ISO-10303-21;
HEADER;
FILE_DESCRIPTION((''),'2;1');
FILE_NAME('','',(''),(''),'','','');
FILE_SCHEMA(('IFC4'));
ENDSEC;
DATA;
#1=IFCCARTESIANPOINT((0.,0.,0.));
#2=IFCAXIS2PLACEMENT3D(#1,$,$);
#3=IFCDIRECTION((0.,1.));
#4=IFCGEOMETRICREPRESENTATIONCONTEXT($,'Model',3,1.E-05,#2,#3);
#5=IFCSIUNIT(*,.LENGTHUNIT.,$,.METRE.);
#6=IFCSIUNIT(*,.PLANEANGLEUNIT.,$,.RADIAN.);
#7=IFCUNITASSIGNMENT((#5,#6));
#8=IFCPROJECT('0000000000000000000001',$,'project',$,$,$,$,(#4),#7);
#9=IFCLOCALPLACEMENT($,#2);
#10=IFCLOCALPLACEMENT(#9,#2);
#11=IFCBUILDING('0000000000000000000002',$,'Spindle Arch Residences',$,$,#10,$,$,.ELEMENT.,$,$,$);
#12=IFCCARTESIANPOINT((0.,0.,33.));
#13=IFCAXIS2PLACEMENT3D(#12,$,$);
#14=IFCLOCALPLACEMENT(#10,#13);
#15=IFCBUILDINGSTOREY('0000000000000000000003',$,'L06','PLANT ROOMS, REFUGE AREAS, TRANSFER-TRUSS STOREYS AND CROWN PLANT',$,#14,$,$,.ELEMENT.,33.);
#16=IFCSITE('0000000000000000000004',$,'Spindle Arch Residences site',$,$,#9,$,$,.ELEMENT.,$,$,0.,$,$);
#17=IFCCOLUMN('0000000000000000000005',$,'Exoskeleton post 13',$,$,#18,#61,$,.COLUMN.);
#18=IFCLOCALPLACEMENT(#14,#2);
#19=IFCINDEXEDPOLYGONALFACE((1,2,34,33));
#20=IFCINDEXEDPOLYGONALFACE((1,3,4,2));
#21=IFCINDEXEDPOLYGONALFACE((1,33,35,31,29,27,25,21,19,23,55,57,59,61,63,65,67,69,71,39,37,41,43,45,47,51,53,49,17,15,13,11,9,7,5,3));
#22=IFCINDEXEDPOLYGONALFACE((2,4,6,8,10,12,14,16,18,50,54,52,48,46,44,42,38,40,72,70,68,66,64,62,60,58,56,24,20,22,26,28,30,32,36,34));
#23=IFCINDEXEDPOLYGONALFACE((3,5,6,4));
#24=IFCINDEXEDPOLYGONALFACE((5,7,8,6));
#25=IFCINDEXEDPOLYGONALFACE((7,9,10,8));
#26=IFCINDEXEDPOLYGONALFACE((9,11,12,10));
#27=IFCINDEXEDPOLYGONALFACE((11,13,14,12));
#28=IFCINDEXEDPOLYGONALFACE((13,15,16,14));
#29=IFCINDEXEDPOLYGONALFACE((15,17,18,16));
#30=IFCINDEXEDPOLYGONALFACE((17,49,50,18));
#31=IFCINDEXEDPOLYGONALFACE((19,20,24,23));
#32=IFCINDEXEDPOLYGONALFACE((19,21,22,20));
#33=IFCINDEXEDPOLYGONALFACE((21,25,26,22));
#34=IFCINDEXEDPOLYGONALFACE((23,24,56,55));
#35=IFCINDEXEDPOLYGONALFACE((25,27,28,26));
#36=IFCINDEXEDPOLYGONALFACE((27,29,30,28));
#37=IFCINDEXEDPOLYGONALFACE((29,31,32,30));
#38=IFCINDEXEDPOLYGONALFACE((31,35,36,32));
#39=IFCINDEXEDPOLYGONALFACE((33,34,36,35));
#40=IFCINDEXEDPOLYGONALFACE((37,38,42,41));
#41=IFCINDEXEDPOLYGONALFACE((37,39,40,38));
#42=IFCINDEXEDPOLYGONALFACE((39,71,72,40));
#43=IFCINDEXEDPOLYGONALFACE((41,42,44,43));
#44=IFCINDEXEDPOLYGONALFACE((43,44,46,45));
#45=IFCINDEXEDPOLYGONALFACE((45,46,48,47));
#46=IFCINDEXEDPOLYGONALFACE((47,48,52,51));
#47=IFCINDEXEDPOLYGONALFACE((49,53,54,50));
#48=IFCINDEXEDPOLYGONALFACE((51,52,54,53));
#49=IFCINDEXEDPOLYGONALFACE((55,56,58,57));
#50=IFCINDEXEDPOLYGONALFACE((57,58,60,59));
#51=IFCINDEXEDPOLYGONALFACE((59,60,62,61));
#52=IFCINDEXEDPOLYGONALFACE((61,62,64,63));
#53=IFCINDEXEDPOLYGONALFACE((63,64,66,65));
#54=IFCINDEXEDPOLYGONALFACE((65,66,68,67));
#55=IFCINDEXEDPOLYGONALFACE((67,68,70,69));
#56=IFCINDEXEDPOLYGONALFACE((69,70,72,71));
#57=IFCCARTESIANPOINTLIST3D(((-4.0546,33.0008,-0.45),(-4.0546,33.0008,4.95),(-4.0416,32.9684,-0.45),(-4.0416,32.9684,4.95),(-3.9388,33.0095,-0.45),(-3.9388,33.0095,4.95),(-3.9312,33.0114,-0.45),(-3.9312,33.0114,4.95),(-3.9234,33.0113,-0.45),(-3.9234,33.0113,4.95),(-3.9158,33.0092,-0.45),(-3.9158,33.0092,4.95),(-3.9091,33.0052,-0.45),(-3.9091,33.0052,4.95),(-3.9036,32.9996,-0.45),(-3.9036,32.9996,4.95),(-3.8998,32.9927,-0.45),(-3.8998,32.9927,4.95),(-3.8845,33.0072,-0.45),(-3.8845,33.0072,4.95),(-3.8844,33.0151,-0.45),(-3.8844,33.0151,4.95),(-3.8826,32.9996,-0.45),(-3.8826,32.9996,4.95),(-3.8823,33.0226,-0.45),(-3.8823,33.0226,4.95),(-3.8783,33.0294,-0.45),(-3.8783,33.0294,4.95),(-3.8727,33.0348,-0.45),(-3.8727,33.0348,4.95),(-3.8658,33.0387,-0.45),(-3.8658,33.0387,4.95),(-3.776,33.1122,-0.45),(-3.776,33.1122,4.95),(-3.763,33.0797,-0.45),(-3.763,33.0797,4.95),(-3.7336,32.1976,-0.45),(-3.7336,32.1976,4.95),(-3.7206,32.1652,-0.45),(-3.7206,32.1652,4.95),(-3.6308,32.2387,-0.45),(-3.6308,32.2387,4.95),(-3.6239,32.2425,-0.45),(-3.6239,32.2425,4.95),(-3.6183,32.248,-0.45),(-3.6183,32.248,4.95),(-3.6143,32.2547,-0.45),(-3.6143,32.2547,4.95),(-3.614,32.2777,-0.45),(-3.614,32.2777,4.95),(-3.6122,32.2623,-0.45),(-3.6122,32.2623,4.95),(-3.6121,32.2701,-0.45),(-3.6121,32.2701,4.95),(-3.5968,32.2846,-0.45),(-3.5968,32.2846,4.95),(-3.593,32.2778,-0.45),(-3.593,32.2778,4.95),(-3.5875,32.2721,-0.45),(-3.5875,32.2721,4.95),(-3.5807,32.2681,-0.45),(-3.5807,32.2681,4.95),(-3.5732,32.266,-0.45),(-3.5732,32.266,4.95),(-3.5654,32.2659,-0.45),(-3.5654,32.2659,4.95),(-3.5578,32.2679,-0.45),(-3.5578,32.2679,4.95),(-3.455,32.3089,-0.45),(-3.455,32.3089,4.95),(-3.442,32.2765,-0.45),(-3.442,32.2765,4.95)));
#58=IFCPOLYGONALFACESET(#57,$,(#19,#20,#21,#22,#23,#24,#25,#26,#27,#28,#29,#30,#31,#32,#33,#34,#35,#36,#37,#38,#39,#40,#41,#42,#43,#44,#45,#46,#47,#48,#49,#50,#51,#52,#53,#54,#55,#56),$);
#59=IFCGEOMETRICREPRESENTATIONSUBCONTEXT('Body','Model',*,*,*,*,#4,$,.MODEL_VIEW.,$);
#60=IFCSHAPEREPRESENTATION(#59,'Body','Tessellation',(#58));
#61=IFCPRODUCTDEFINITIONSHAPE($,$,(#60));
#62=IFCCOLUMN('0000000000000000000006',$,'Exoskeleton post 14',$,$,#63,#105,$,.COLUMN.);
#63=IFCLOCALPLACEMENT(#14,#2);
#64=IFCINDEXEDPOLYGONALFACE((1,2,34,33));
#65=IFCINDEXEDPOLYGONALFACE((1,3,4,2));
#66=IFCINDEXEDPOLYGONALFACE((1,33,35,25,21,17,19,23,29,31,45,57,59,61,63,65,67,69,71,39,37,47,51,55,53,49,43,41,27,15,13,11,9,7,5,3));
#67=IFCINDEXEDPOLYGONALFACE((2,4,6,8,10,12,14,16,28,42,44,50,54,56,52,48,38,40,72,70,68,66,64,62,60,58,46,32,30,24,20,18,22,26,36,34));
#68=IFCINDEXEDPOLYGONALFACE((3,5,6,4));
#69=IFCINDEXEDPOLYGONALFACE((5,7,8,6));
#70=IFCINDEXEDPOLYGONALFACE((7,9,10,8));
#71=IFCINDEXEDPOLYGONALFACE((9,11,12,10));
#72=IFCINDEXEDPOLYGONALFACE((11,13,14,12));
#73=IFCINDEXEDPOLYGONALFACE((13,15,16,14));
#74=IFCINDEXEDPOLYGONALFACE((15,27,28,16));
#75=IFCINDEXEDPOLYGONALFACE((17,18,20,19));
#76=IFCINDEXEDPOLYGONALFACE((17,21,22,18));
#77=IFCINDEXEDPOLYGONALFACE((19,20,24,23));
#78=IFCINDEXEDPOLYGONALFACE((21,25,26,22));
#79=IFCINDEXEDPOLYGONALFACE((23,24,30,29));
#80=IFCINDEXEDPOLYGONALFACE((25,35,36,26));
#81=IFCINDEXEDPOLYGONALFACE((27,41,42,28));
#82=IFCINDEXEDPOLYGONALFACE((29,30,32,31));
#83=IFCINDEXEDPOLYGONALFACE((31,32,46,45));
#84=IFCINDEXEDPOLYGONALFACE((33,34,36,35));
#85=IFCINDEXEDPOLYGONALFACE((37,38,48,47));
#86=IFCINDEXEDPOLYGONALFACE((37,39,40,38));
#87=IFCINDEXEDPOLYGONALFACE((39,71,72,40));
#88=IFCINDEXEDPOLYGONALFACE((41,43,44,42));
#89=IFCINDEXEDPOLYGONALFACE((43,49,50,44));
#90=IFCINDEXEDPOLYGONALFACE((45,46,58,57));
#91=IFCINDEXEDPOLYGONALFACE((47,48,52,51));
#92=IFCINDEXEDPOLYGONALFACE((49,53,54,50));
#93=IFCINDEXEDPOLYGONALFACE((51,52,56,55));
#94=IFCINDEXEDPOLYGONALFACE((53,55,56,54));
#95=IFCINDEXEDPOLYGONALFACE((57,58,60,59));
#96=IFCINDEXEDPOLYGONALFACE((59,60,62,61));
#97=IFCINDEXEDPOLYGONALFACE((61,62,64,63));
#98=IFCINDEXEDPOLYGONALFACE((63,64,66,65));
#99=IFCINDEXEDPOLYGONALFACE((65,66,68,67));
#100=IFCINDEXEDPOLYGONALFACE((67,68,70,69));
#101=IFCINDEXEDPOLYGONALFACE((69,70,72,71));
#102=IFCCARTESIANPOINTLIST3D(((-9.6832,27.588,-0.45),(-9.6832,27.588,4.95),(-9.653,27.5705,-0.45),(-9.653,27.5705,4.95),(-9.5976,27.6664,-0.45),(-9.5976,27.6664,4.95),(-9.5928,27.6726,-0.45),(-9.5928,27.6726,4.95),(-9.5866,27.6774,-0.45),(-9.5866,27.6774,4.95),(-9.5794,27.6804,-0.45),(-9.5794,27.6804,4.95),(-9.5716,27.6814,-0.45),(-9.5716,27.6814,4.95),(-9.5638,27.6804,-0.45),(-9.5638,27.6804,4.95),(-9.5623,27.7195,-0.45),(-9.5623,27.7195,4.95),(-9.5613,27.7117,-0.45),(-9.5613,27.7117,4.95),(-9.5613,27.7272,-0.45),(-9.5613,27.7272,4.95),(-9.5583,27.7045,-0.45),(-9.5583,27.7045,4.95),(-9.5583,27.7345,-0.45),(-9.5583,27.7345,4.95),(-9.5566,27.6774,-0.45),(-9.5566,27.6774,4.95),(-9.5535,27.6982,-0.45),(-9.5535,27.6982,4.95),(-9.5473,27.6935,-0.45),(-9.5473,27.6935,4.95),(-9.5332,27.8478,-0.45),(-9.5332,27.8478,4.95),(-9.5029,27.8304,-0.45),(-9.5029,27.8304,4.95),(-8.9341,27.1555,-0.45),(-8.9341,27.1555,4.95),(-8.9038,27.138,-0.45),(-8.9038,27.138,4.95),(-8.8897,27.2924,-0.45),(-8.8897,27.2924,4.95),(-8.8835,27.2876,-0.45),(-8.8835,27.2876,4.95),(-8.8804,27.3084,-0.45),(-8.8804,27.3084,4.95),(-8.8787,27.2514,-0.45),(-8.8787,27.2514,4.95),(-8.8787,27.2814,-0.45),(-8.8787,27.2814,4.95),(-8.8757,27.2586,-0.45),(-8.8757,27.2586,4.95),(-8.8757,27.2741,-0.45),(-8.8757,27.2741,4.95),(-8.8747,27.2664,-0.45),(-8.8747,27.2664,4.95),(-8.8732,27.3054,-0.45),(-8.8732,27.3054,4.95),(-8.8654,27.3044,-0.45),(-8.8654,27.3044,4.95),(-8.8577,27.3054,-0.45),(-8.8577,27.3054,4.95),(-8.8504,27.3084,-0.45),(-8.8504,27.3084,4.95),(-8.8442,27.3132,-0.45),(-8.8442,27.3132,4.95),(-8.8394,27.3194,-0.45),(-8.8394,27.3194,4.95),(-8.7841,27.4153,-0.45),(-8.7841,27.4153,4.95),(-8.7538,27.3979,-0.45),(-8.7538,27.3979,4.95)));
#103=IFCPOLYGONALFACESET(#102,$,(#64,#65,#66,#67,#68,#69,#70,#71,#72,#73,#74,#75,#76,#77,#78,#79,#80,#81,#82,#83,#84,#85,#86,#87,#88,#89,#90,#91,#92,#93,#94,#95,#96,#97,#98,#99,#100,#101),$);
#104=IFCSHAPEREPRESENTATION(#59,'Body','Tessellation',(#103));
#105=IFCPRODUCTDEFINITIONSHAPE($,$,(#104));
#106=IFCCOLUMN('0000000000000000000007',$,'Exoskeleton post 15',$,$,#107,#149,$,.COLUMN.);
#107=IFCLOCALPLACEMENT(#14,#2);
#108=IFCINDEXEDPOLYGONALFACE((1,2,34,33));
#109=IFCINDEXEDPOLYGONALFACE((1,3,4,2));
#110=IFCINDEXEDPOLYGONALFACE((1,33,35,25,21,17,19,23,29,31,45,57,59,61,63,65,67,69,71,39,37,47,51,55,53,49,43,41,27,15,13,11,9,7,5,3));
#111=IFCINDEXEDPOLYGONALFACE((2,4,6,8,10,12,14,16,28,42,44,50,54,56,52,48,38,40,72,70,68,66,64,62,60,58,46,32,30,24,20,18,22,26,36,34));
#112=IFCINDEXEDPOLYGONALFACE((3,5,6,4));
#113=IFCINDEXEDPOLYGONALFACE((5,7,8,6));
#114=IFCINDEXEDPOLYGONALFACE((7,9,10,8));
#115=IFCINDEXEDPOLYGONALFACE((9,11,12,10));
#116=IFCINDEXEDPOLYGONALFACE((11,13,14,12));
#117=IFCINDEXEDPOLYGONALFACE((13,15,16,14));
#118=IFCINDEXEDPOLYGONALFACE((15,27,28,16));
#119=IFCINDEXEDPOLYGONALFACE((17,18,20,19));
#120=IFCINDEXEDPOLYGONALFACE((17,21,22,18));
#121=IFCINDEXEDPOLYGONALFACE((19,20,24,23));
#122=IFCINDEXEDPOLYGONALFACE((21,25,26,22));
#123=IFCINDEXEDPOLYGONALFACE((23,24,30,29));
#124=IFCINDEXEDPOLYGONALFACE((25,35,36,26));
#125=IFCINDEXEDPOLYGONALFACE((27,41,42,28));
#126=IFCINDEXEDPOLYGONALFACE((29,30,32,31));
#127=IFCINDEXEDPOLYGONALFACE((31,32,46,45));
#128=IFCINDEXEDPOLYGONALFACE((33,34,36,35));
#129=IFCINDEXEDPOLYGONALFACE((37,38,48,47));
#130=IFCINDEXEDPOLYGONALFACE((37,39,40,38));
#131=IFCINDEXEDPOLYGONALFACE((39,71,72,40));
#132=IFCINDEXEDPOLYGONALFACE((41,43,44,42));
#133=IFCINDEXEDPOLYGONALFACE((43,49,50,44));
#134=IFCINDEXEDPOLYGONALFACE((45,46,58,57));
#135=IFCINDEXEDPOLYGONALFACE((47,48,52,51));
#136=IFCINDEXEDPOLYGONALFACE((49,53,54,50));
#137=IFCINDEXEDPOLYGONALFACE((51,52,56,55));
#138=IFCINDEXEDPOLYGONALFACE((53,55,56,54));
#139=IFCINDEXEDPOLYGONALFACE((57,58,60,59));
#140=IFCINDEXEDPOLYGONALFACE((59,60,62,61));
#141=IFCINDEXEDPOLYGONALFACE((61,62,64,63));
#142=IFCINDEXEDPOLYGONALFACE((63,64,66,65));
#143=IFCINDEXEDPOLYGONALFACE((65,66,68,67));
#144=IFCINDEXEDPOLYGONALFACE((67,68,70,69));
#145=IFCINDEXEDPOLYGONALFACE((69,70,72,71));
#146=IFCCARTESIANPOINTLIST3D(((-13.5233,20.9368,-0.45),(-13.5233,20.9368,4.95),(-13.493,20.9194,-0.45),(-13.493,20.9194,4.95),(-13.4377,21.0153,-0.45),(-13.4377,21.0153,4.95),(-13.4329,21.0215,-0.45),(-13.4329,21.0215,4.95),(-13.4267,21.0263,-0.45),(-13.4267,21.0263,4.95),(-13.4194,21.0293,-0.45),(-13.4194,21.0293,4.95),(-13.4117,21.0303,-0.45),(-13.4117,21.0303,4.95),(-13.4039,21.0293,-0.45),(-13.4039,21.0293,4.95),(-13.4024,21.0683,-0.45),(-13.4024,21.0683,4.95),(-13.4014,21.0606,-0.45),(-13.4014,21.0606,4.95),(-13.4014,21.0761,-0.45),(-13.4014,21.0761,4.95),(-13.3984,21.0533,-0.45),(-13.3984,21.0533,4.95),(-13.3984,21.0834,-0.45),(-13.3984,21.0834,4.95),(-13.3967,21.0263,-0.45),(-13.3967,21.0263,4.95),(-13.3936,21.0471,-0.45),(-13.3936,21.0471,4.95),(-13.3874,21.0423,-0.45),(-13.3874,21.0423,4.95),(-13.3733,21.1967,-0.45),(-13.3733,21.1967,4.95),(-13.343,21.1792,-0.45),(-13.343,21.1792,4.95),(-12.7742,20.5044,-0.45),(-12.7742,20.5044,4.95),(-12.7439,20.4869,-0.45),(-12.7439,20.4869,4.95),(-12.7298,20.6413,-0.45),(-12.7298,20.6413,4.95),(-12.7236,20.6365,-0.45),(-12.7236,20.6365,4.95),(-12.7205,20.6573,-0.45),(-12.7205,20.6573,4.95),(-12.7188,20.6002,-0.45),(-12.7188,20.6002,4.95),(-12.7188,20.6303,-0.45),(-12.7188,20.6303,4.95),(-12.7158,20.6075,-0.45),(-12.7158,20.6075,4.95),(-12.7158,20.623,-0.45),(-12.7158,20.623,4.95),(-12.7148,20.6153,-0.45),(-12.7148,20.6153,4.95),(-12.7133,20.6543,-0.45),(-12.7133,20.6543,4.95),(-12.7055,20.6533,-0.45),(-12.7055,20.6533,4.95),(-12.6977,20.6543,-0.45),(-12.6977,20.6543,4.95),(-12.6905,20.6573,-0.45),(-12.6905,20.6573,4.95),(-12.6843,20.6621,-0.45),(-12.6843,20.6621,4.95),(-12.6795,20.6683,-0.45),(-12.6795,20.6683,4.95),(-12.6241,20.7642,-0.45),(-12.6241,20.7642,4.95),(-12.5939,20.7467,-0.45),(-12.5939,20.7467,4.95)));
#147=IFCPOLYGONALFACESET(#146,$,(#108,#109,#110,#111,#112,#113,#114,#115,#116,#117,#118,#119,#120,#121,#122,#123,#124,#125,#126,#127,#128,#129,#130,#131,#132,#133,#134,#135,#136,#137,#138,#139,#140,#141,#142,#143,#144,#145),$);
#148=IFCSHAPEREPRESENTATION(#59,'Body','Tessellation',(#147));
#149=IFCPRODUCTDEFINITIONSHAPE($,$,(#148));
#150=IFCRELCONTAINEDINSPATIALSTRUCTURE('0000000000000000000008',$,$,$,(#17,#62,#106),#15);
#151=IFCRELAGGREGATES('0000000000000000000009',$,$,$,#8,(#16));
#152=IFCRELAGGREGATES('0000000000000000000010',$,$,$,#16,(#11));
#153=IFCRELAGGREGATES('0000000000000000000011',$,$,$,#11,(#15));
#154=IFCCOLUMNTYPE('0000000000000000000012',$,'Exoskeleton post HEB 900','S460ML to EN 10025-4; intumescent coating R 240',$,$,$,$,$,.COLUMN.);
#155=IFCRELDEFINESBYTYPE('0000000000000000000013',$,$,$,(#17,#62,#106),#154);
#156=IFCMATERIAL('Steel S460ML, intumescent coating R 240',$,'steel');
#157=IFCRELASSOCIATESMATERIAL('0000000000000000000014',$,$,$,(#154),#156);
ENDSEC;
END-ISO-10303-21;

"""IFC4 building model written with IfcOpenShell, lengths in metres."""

from ifc_helpers import new_model, si_unit, direction, frame, origin, origin_2d, place, context, subcontext, project, spatial, i_section, extrude, material, material_profile, profile_set, type_object, element, save


model = new_model("IFC4")

# Units and contexts
model_context = context("Model", 3, precision=1e-05, world=origin(), true_north=direction((0.0, 1.0)))
body_context = subcontext(model_context, "Body", "Model", "MODEL_VIEW")
ifc_project = project(units=[si_unit("LENGTHUNIT", "METRE"), si_unit("PLANEANGLEUNIT", "RADIAN")], contexts=[model_context])

# Site, building, storey
site_placement = place(None, origin())
site = spatial("IfcSite", under=ifc_project, at=site_placement, Name="Spindle Arch Residences site", CompositionType="ELEMENT", RefElevation=0.0)
building_placement = place(site_placement, origin())
building = spatial("IfcBuilding", under=site, at=building_placement, Name="Spindle Arch Residences", CompositionType="ELEMENT")
storey_placement = place(building_placement, frame((0.0, 0.0, 33.0)))
storey = spatial("IfcBuildingStorey", under=building, at=storey_placement, Name="L06", Description="PLANT ROOMS, REFUGE AREAS, TRANSFER-TRUSS STOREYS AND CROWN PLANT", CompositionType="ELEMENT", Elevation=33.0)

# Columns
ifc_material_1 = material(Name="Steel S460ML, intumescent coating R 240", Category="steel")
ifc_material_profile_1 = material_profile(ifc_material_1, i_section(OverallWidth=0.3, OverallDepth=0.8999, WebThickness=0.0186, FlangeThickness=0.0349, FilletRadius=0.03, at=origin_2d()), Name="HEB 900")
ifc_profile_set_1 = profile_set([ifc_material_profile_1], Name="Steel S460ML, intumescent coating R 240")
column_type_1 = type_object("IfcColumnType", Name="Exoskeleton post HEB 900", Description="S460ML to EN 10025-4; intumescent coating R 240", PredefinedType="COLUMN", material=ifc_profile_set_1)
for number, where, z_axis, x_axis, name in (
    (1, (-3.7483, 32.6387, -0.45), (0.0, 0.0, 1.0), (0.92859, 0.371108, 0.0), "Exoskeleton post 13"),
    (2, (-9.2185, 27.4929, -0.45), (0.0, 0.0, 1.0), (0.5, 0.866025, 0.0), "Exoskeleton post 14"),
    (3, (-13.0586, 20.8418, -0.45), (0.0, 0.0, 1.0), (0.5, 0.866025, 0.0), "Exoskeleton post 15"),
):
    element("IfcColumn", number, at=place(storey_placement, frame(where, z_axis=z_axis, x_axis=x_axis)), inside=storey, type_object=column_type_1, Name=name, PredefinedType="COLUMN", context=body_context, shape_type="SweptSolid", body=[
        extrude(i_section(OverallWidth=0.3, OverallDepth=0.8999, WebThickness=0.0186, FlangeThickness=0.0349, FilletRadius=0.03, at=origin_2d()), origin(), (0.0, 0.0, 1.0), 5.3999),
    ])

save(model, "model.ifc")
